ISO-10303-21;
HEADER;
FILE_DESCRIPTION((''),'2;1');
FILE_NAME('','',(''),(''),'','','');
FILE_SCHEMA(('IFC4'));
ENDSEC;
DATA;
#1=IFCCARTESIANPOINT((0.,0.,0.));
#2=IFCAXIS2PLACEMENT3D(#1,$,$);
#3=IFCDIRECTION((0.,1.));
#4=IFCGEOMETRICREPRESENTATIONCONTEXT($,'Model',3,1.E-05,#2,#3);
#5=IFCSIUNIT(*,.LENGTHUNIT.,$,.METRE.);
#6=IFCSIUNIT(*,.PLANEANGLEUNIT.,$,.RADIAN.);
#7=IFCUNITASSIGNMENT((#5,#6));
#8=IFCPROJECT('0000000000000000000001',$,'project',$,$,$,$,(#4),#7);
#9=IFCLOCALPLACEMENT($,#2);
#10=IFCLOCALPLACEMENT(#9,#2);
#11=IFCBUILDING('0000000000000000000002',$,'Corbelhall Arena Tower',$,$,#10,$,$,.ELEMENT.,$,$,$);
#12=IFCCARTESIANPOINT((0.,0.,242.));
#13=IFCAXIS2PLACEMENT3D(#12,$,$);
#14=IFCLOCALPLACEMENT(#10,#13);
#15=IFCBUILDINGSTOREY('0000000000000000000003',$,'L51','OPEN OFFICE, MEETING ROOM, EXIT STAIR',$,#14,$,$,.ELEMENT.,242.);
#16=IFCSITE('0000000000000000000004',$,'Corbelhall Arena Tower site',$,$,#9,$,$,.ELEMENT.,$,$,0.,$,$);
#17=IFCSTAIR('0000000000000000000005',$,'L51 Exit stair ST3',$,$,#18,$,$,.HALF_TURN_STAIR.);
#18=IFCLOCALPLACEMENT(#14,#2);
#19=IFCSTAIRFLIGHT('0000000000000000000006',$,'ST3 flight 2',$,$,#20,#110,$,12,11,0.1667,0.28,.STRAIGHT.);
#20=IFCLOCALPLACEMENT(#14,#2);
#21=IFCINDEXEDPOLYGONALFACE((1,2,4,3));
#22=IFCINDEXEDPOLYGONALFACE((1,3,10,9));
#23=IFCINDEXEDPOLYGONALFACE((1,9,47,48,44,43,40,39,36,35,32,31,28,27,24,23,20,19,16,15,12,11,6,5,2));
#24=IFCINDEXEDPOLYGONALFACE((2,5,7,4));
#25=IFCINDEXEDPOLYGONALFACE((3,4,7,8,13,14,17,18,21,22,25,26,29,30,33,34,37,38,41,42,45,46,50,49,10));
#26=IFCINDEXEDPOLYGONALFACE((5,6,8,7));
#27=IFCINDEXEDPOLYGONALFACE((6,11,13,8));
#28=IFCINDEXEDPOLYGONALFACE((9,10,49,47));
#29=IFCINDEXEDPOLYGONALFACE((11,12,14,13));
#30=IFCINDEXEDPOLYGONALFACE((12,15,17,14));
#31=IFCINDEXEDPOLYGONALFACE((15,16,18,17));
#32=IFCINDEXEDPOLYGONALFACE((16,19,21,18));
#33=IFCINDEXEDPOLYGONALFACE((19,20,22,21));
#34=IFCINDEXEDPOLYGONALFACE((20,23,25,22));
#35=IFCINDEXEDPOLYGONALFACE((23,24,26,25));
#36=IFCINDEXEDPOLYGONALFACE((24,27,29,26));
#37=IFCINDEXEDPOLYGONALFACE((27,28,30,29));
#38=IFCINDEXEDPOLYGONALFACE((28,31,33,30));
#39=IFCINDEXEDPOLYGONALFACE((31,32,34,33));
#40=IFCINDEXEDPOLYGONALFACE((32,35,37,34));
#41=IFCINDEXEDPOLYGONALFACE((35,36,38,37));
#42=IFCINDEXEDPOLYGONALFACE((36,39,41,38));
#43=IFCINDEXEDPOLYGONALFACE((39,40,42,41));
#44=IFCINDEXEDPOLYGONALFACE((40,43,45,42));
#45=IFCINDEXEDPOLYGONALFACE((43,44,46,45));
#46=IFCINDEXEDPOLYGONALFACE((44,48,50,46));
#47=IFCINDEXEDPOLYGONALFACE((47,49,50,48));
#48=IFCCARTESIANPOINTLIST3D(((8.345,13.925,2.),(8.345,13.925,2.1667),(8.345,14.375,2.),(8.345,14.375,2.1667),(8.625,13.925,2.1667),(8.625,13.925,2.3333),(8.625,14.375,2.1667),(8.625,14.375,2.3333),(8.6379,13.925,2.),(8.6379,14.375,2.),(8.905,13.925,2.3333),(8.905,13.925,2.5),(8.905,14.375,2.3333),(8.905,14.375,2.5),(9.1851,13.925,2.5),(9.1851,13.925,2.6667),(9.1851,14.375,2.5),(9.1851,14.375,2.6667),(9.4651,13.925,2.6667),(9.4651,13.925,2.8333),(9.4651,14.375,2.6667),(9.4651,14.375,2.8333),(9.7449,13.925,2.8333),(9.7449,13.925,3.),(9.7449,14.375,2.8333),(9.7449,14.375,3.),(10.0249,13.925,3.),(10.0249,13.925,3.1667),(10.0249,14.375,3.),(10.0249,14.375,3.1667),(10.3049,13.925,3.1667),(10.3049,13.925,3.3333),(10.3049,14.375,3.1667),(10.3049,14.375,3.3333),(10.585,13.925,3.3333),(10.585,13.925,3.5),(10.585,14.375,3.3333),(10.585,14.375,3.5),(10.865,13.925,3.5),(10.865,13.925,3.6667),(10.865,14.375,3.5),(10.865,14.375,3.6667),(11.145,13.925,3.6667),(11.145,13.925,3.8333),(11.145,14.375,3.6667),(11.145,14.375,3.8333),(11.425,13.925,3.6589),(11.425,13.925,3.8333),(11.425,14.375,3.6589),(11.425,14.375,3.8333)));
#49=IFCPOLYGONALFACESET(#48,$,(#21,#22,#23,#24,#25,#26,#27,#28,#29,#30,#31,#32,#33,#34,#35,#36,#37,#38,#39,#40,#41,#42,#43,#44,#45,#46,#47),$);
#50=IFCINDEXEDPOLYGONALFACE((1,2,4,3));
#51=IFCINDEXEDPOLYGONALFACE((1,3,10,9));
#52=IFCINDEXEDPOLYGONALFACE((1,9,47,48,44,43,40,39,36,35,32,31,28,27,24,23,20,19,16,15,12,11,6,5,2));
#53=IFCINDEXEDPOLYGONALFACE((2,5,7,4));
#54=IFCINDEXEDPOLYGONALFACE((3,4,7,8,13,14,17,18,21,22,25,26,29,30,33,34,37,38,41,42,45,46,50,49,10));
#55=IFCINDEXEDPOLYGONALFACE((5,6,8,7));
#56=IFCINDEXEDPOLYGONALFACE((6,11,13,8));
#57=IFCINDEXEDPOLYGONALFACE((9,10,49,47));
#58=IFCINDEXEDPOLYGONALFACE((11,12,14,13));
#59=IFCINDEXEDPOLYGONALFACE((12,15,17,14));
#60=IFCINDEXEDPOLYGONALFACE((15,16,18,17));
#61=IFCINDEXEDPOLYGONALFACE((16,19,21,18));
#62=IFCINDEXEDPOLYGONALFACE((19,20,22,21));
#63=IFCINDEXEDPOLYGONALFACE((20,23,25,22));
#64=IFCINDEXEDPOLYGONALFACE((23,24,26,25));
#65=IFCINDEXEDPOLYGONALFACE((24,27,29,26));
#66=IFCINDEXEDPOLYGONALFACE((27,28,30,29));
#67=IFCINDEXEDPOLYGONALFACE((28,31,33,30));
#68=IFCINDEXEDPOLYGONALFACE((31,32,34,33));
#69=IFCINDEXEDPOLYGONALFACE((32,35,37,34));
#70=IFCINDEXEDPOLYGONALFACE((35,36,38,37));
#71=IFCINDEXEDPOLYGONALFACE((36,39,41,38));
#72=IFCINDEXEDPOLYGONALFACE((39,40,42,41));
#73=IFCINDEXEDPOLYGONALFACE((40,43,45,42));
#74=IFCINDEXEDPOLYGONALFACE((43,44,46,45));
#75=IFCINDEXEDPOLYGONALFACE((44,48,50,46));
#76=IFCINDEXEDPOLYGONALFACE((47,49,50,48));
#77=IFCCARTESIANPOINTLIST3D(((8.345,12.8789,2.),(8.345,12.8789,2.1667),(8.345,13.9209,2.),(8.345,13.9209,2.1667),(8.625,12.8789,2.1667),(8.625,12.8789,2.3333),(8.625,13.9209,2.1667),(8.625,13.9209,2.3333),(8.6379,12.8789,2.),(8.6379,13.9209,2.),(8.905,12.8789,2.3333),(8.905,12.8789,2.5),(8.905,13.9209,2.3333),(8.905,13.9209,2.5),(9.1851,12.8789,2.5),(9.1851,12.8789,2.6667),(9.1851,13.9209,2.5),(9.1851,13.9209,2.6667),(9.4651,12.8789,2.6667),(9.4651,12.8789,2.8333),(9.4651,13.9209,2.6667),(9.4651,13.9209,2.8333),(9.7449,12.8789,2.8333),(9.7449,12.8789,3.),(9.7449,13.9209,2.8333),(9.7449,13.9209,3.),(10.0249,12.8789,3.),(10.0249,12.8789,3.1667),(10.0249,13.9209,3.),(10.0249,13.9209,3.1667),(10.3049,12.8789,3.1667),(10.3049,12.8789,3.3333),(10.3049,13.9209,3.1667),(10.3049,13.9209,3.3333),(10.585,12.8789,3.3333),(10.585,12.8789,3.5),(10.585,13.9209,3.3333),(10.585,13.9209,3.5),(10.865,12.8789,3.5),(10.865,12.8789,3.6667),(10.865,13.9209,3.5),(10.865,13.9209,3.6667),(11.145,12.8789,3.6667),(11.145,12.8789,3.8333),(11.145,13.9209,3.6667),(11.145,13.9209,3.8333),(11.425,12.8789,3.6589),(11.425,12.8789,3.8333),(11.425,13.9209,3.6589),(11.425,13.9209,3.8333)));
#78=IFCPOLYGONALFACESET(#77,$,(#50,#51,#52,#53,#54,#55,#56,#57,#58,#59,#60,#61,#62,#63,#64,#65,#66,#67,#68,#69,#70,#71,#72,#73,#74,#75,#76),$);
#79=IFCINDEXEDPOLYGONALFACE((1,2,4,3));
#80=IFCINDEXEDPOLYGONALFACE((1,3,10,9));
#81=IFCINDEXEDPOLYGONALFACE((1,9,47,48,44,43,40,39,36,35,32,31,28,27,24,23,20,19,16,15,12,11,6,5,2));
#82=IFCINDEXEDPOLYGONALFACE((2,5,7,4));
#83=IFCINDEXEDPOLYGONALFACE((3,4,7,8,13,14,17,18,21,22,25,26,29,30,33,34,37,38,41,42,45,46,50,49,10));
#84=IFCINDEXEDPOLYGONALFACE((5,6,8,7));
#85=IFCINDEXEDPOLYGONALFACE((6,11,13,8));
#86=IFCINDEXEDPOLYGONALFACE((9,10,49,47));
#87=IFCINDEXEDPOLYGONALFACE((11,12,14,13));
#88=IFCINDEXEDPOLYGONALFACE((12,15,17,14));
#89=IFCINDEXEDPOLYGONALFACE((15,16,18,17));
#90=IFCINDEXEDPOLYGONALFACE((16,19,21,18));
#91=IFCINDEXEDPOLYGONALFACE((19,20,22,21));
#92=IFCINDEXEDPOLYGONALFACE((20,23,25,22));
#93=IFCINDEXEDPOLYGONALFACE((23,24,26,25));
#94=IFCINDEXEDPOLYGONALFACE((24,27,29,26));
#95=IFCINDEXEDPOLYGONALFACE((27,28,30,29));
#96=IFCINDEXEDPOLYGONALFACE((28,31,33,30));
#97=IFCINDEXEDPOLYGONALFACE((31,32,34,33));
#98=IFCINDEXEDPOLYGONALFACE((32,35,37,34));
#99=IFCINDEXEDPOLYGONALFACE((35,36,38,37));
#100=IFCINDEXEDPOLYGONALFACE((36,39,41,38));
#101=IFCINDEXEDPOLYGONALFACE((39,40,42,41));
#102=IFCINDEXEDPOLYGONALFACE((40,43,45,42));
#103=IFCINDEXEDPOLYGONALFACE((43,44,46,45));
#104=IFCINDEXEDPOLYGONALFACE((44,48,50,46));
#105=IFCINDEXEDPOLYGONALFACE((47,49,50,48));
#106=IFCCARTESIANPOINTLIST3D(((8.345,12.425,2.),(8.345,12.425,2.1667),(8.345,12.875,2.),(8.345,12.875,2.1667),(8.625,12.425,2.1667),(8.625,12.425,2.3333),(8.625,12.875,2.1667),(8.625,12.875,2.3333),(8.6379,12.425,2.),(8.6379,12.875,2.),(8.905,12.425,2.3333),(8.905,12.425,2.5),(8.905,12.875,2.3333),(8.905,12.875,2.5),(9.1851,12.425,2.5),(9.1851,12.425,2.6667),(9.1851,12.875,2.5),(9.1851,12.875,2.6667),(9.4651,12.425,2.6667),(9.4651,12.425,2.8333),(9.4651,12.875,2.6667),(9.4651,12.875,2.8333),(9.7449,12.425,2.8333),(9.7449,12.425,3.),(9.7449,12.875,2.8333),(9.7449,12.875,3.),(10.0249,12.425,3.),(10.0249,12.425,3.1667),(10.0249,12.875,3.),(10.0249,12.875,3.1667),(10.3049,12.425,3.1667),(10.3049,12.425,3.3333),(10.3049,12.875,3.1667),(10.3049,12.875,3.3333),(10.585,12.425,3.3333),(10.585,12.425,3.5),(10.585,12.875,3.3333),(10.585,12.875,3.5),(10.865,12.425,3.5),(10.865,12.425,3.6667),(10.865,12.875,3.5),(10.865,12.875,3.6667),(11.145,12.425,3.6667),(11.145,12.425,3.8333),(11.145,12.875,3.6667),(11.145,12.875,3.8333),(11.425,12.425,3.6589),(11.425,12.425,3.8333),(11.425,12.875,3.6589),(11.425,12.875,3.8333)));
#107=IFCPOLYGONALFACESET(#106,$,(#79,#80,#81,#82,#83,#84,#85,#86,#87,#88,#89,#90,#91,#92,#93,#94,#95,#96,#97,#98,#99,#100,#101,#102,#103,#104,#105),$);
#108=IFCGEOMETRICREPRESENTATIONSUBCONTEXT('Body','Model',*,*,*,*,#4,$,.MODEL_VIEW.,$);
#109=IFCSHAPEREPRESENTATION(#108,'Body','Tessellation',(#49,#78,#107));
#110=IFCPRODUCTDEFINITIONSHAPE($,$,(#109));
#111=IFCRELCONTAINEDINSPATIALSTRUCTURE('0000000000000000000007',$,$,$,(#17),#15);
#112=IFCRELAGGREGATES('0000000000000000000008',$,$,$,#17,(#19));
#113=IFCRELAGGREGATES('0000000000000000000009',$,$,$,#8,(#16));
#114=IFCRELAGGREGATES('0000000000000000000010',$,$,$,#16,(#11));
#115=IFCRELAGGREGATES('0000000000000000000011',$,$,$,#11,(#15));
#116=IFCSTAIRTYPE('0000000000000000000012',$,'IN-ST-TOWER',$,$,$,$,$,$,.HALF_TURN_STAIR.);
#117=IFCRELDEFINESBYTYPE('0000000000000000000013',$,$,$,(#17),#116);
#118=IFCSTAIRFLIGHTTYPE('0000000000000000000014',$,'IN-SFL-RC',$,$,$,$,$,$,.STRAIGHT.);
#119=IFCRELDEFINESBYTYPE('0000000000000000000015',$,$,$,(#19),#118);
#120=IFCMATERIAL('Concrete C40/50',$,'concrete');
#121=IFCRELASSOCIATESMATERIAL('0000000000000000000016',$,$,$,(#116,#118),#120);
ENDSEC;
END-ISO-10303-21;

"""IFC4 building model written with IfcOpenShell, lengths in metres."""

from ifc_helpers import new_model, si_unit, direction, frame, origin, place, context, subcontext, project, spatial, polyline, outline, extrude, material, type_object, element, aggregate, save


model = new_model("IFC4")

# Units and contexts
model_context = context("Model", 3, precision=1e-05, world=origin(), true_north=direction((0.0, 1.0)))
body_context = subcontext(model_context, "Body", "Model", "MODEL_VIEW")
ifc_project = project(units=[si_unit("LENGTHUNIT", "METRE"), si_unit("PLANEANGLEUNIT", "RADIAN")], contexts=[model_context])

# Site, building, storey
site_placement = place(None, origin())
site = spatial("IfcSite", under=ifc_project, at=site_placement, Name="Corbelhall Arena Tower site", CompositionType="ELEMENT", RefElevation=0.0)
building_placement = place(site_placement, origin())
building = spatial("IfcBuilding", under=site, at=building_placement, Name="Corbelhall Arena Tower", CompositionType="ELEMENT")
storey_placement = place(building_placement, frame((0.0, 0.0, 242.0)))
storey = spatial("IfcBuildingStorey", under=building, at=storey_placement, Name="L51", Description="OPEN OFFICE, MEETING ROOM, EXIT STAIR", CompositionType="ELEMENT", Elevation=242.0)

# Shared definitions
ifc_material_1 = material(Name="Concrete C40/50", Category="concrete")

# Stair, stair flight
stair_type = type_object("IfcStairType", Name="IN-ST-TOWER", PredefinedType="HALF_TURN_STAIR", material=ifc_material_1)
stair_placement = place(storey_placement, origin())
stair = element("IfcStair", 1, at=stair_placement, inside=storey, type_object=stair_type, Name="L51 Exit stair ST3", PredefinedType="HALF_TURN_STAIR")
stair_flight_type = type_object("IfcStairFlightType", Name="IN-SFL-RC", PredefinedType="STRAIGHT", material=ifc_material_1)
stair_flight_1_placement = place(storey_placement, frame((8.345, 13.3999, 2.0), z_axis=(0.0, 0.0, 1.0), x_axis=(1.0, 0.0, 0.0)))
stair_flight_1 = element("IfcStairFlight", 2, at=stair_flight_1_placement, type_object=stair_flight_type, Name="ST3 flight 2", NumberOfRisers=12, NumberOfTreads=11, PredefinedType="STRAIGHT", RiserHeight=0.1667, TreadLength=0.28, context=body_context, shape_type="SweptSolid", body=[
    extrude(outline(polyline([(0.0, 0.0), (0.0, 0.1667), (0.28, 0.1667), (0.28, 0.3333), (0.5601, 0.3333), (0.5601, 0.5), (0.8401, 0.5), (0.8401, 0.6667), (1.1201, 0.6667), (1.1201, 0.8333), (1.3999, 0.8333), (1.3999, 1.0), (1.6799, 1.0), (1.6799, 1.1667), (1.96, 1.1667), (1.96, 1.3333), (2.24, 1.3333), (2.24, 1.5), (2.52, 1.5), (2.52, 1.6667), (2.8, 1.6667), (2.8, 1.8333), (3.0801, 1.8333), (3.0801, 2.0), (3.0801, 1.6589), (0.293, 0.0), (0.0, 0.0)])), frame((0.0, 0.9751, 0.0), z_axis=(0.0, -1.0, 0.0), x_axis=(1.0, 0.0, 0.0)), (0.0, 0.0, 1.0), 0.45),
    extrude(outline(polyline([(0.0, 0.0), (0.0, 0.1667), (0.28, 0.1667), (0.28, 0.3333), (0.5601, 0.3333), (0.5601, 0.5), (0.8401, 0.5), (0.8401, 0.6667), (1.1201, 0.6667), (1.1201, 0.8333), (1.3999, 0.8333), (1.3999, 1.0), (1.6799, 1.0), (1.6799, 1.1667), (1.96, 1.1667), (1.96, 1.3333), (2.24, 1.3333), (2.24, 1.5), (2.52, 1.5), (2.52, 1.6667), (2.8, 1.6667), (2.8, 1.8333), (3.0801, 1.8333), (3.0801, 2.0), (3.0801, 1.6589), (0.293, 0.0), (0.0, 0.0)])), frame((0.0, 0.521, 0.0), z_axis=(0.0, -1.0, 0.0), x_axis=(1.0, 0.0, 0.0)), (0.0, 0.0, 1.0), 1.042),
    extrude(outline(polyline([(0.0, 0.0), (0.0, 0.1667), (0.28, 0.1667), (0.28, 0.3333), (0.5601, 0.3333), (0.5601, 0.5), (0.8401, 0.5), (0.8401, 0.6667), (1.1201, 0.6667), (1.1201, 0.8333), (1.3999, 0.8333), (1.3999, 1.0), (1.6799, 1.0), (1.6799, 1.1667), (1.96, 1.1667), (1.96, 1.3333), (2.24, 1.3333), (2.24, 1.5), (2.52, 1.5), (2.52, 1.6667), (2.8, 1.6667), (2.8, 1.8333), (3.0801, 1.8333), (3.0801, 2.0), (3.0801, 1.6589), (0.293, 0.0), (0.0, 0.0)])), frame((0.0, -0.5249, 0.0), z_axis=(0.0, -1.0, 0.0), x_axis=(1.0, 0.0, 0.0)), (0.0, 0.0, 1.0), 0.45),
])
aggregate(stair, [stair_flight_1])

save(model, "model.ifc")
